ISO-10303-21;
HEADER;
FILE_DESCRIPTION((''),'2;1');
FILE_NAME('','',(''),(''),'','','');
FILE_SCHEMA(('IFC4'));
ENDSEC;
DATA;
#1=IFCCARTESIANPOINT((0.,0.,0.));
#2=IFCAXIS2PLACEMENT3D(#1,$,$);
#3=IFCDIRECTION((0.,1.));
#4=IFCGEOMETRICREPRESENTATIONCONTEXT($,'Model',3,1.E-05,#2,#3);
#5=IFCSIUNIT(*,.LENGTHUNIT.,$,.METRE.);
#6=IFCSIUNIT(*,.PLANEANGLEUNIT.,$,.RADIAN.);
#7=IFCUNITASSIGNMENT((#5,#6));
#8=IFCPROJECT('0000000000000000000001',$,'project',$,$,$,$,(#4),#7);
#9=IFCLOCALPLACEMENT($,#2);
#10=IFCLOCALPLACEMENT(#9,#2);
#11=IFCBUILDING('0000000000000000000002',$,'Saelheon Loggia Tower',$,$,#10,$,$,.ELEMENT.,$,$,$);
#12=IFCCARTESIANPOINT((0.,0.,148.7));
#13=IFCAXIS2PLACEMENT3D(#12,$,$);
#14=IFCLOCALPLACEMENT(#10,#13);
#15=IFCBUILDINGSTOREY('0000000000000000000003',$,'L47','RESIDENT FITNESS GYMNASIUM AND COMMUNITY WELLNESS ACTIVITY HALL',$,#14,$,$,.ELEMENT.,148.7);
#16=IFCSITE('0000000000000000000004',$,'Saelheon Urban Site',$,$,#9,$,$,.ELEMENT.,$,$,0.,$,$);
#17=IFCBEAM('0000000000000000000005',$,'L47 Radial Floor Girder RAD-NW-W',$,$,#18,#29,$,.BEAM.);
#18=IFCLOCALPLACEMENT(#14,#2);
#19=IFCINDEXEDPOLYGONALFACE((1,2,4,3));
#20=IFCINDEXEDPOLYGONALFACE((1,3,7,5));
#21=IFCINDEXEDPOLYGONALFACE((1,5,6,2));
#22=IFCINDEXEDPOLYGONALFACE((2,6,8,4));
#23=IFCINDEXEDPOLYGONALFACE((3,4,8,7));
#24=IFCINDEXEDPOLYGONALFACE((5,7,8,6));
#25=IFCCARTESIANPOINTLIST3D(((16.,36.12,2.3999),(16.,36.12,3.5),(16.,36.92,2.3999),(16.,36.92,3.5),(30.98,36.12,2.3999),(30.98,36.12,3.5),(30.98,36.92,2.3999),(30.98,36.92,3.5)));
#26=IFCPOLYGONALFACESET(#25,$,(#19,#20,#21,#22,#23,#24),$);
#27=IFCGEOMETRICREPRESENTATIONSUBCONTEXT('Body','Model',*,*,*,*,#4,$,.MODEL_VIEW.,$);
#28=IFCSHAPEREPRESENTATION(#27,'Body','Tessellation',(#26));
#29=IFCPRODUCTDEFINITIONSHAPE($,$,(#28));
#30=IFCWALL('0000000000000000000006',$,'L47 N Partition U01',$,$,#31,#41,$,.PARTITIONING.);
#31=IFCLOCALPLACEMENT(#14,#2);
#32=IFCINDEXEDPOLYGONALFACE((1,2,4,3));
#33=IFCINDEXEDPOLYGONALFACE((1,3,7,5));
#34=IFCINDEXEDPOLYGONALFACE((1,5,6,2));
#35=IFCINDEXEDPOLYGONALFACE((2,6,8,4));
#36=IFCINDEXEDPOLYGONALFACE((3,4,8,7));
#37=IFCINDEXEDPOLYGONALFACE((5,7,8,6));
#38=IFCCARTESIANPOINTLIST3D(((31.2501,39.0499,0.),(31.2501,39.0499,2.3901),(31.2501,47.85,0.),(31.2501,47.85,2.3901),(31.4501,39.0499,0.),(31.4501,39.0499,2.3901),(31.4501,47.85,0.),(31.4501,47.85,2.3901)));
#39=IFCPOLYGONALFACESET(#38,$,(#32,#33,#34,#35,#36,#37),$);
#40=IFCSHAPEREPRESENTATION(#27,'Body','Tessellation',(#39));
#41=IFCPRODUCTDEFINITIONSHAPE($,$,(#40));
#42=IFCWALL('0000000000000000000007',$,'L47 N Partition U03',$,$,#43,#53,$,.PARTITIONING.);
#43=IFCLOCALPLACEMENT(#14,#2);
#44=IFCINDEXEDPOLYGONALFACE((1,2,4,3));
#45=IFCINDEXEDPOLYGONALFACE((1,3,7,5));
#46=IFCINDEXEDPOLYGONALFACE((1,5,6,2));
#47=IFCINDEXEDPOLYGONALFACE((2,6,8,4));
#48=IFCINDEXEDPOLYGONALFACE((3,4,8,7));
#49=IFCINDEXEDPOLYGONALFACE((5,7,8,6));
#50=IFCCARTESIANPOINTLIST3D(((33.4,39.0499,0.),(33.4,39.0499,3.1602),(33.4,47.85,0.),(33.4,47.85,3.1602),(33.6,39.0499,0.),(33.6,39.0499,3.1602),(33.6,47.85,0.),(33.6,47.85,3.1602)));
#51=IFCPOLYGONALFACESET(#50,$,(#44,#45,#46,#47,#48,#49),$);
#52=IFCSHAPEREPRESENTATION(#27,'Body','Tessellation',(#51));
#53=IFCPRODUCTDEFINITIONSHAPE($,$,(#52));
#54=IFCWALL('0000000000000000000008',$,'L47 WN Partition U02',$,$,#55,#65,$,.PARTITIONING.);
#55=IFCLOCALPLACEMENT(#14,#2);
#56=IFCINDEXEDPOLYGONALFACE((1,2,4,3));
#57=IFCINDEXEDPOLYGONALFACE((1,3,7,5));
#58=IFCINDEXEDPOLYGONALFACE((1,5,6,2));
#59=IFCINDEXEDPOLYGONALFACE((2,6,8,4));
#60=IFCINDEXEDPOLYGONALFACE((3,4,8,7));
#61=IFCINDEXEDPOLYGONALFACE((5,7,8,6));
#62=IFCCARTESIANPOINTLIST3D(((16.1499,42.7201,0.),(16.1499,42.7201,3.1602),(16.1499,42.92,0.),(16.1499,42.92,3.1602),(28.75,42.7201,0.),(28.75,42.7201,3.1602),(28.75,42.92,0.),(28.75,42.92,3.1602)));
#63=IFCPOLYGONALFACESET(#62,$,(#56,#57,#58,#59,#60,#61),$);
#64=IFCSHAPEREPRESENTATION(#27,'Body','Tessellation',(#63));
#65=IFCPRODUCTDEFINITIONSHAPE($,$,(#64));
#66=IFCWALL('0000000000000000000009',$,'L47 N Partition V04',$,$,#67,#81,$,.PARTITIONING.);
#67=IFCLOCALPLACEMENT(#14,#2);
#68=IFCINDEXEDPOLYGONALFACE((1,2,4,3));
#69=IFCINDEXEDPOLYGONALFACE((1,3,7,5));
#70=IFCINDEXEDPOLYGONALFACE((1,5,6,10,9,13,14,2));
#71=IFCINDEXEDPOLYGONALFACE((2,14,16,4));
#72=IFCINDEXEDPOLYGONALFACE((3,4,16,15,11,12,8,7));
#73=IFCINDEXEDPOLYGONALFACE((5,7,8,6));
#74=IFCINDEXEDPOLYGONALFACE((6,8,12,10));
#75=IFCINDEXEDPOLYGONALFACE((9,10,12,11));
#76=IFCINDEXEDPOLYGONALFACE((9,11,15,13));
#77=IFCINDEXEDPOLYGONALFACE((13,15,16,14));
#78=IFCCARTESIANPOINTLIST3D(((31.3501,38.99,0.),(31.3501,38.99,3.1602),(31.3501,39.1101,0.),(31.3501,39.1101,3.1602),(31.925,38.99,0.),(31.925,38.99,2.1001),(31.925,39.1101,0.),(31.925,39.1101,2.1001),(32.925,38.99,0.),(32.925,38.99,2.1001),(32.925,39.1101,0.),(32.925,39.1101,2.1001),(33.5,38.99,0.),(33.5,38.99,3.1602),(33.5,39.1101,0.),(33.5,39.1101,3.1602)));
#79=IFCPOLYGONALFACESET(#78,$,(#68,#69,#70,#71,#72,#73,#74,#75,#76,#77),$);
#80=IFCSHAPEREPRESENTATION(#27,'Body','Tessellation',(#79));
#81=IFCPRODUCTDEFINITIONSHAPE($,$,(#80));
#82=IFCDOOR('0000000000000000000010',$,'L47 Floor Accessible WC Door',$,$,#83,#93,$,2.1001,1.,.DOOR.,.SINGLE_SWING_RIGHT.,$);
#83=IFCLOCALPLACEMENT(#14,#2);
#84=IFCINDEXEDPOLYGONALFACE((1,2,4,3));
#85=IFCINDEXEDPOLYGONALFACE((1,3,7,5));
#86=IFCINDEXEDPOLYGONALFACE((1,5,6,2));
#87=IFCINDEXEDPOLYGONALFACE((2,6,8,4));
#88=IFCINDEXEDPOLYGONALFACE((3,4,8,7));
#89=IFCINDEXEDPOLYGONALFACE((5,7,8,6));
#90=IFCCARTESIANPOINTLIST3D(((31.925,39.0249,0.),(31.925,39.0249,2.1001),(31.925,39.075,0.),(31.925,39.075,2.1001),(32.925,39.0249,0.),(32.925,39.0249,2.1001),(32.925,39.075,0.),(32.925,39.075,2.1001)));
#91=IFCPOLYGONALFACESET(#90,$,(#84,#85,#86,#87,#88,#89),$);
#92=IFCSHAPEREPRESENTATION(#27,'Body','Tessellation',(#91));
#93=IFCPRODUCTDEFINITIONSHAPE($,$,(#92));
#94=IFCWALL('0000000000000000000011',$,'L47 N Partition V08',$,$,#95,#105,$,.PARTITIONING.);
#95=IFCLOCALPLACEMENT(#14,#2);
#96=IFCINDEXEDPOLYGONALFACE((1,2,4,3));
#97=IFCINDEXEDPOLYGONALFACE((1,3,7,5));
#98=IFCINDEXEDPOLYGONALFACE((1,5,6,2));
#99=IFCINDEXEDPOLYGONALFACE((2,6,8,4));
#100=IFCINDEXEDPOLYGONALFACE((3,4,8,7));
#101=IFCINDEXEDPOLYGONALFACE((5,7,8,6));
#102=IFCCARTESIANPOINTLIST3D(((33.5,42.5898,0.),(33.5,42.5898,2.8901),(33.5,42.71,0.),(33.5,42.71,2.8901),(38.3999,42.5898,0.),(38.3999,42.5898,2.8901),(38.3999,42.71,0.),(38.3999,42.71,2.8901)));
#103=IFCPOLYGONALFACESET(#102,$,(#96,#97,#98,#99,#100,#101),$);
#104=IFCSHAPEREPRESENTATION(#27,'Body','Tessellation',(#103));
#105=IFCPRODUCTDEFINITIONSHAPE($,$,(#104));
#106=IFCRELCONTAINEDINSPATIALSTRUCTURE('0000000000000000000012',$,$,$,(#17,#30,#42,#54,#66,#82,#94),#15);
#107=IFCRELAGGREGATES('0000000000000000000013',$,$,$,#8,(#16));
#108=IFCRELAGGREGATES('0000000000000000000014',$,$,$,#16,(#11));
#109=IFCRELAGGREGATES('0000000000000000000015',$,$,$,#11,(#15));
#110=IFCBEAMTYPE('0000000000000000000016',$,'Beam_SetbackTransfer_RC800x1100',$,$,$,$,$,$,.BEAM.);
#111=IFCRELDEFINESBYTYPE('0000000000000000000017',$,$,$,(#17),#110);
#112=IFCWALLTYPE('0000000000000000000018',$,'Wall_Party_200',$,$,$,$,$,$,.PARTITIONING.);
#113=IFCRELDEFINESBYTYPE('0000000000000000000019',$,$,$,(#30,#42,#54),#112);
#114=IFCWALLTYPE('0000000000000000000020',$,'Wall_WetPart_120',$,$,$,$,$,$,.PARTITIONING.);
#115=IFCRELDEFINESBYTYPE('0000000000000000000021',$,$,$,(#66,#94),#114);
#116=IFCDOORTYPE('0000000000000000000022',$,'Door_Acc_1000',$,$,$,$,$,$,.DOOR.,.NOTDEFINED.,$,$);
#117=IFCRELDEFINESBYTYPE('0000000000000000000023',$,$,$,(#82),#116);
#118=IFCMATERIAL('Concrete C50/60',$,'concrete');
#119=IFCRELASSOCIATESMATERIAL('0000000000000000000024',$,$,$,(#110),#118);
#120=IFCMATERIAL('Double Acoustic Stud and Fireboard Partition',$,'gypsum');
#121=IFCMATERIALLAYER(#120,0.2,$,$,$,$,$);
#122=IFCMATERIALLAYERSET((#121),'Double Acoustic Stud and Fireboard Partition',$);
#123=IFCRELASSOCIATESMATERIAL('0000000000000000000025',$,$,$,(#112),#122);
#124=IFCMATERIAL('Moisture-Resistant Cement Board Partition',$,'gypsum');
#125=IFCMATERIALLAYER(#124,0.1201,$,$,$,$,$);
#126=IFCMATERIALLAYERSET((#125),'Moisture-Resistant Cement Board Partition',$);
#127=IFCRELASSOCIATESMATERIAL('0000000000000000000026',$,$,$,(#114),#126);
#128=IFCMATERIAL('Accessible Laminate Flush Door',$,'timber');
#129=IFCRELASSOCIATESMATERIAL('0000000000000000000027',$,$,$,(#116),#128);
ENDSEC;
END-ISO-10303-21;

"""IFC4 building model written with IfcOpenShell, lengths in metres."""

from ifc_helpers import new_model, si_unit, direction, frame, frame_2d, origin, origin_2d, place, context, subcontext, project, spatial, rectangle, extrude, source, transform, mapped, material, layer, layer_set, material_profile, profile_set, type_object, element, fill, save


model = new_model("IFC4")

# Units and contexts
model_context = context("Model", 3, precision=1e-05, world=origin(), true_north=direction((0.0, 1.0)))
body_context = subcontext(model_context, "Body", "Model", "MODEL_VIEW")
ifc_project = project(units=[si_unit("LENGTHUNIT", "METRE"), si_unit("PLANEANGLEUNIT", "RADIAN")], contexts=[model_context])

# Site, building, storey
site_placement = place(None, origin())
site = spatial("IfcSite", under=ifc_project, at=site_placement, Name="Saelheon Urban Site", CompositionType="ELEMENT", RefElevation=0.0)
building_placement = place(site_placement, origin())
building = spatial("IfcBuilding", under=site, at=building_placement, Name="Saelheon Loggia Tower", CompositionType="ELEMENT")
storey_placement = place(building_placement, frame((0.0, 0.0, 148.7)))
storey = spatial("IfcBuildingStorey", under=building, at=storey_placement, Name="L47", Description="RESIDENT FITNESS GYMNASIUM AND COMMUNITY WELLNESS ACTIVITY HALL", CompositionType="ELEMENT", Elevation=148.7)

# Shared definitions
ifc_material_1 = material(Name="Concrete C50/60", Category="concrete")

# Beam
ifc_material_profile_1 = material_profile(ifc_material_1, rectangle(XDim=0.8, YDim=1.1001, at=origin_2d()), Name="RC-800x1100")
ifc_profile_set_1 = profile_set([ifc_material_profile_1], Name="Concrete C50/60")
beam_type_1 = type_object("IfcBeamType", Name="Beam_SetbackTransfer_RC800x1100", PredefinedType="BEAM", material=ifc_profile_set_1)
shared_shape_1 = source(origin(), body_context, "Body", "SweptSolid", [
    extrude(rectangle(XDim=0.8, YDim=1.1001, at=origin_2d()), origin(), (0.0, 0.0, 1.0), 14.98),
])
beam_1_placement = place(storey_placement, frame((30.98, 36.52, 2.95), z_axis=(-1.0, 0.0, 0.0), x_axis=(0.0, -1.0, 0.0)))
element("IfcBeam", 1, at=beam_1_placement, inside=storey, type_object=beam_type_1, Name="L47 Radial Floor Girder RAD-NW-W", PredefinedType="BEAM", context=body_context, shape_type="MappedRepresentation", body=[
    mapped(shared_shape_1, transform((0.0, 0.0, 0.0), scale=1.0)),
])

# Walls
ifc_material_2 = material(Name="Double Acoustic Stud and Fireboard Partition", Category="gypsum")
ifc_layer_1 = layer(ifc_material_2, 0.2)
ifc_layer_set_1 = layer_set([ifc_layer_1], Name="Double Acoustic Stud and Fireboard Partition")
wall_type_1 = type_object("IfcWallType", Name="Wall_Party_200", PredefinedType="PARTITIONING", material=ifc_layer_set_1)
wall_1_placement = place(storey_placement, frame((31.3501, 39.05, 0.0), z_axis=(0.0, 0.0, 1.0), x_axis=(0.0, 1.0, 0.0)))
element("IfcWall", 2, at=wall_1_placement, inside=storey, type_object=wall_type_1, Name="L47 N Partition U01", PredefinedType="PARTITIONING", context=body_context, shape_type="SweptSolid", body=[
    extrude(rectangle(XDim=8.8, YDim=0.2, at=frame_2d((4.3999, 0.0))), origin(), (0.0, 0.0, 1.0), 2.3901),
])
wall_2_placement = place(storey_placement, frame((33.5, 39.05, 0.0), z_axis=(0.0, 0.0, 1.0), x_axis=(0.0, 1.0, 0.0)))
element("IfcWall", 3, at=wall_2_placement, inside=storey, type_object=wall_type_1, Name="L47 N Partition U03", PredefinedType="PARTITIONING", context=body_context, shape_type="SweptSolid", body=[
    extrude(rectangle(XDim=8.8, YDim=0.2, at=frame_2d((4.3999, 0.0))), origin(), (0.0, 0.0, 1.0), 3.1602),
])
wall_3_placement = place(storey_placement, frame((28.75, 42.8201, 0.0), z_axis=(0.0, 0.0, 1.0), x_axis=(-1.0, 0.0, 0.0)))
element("IfcWall", 4, at=wall_3_placement, inside=storey, type_object=wall_type_1, Name="L47 WN Partition U02", PredefinedType="PARTITIONING", context=body_context, shape_type="SweptSolid", body=[
    extrude(rectangle(XDim=12.6001, YDim=0.2, at=frame_2d((6.3, 0.0))), origin(), (0.0, 0.0, 1.0), 3.1602),
])

# Wall, opening, door
ifc_material_3 = material(Name="Moisture-Resistant Cement Board Partition", Category="gypsum")
ifc_layer_2 = layer(ifc_material_3, 0.1201)
ifc_layer_set_2 = layer_set([ifc_layer_2], Name="Moisture-Resistant Cement Board Partition")
wall_type_2 = type_object("IfcWallType", Name="Wall_WetPart_120", PredefinedType="PARTITIONING", material=ifc_layer_set_2)
wall_4_placement = place(storey_placement, frame((31.3501, 39.05, 0.0), z_axis=(0.0, 0.0, 1.0), x_axis=(1.0, 0.0, 0.0)))
wall_4 = element("IfcWall", 5, at=wall_4_placement, inside=storey, type_object=wall_type_2, Name="L47 N Partition V04", PredefinedType="PARTITIONING", context=body_context, shape_type="SweptSolid", body=[
    extrude(rectangle(XDim=2.1499, YDim=0.1201, at=frame_2d((1.075, 0.0))), origin(), (0.0, 0.0, 1.0), 3.1602),
])
opening_placement = place(wall_4_placement, frame((0.575, 0.0, 0.0)))
opening = element("IfcOpeningElement", 6, at=opening_placement, cuts=wall_4, PredefinedType="OPENING", context=body_context, shape_type="SweptSolid", body=[
    extrude(rectangle(XDim=1.0, YDim=2.1001, at=frame_2d((0.5, 1.05))), frame((0.0, 0.072, 0.0), z_axis=(0.0, -1.0, 0.0), x_axis=(1.0, 0.0, 0.0)), (0.0, 0.0, 1.0), 0.144),
])
ifc_material_4 = material(Name="Accessible Laminate Flush Door", Category="timber")
door_type = type_object("IfcDoorType", Name="Door_Acc_1000", OperationType="NOTDEFINED", PredefinedType="DOOR", material=ifc_material_4)
shared_shape_2 = source(origin(), body_context, "Body", "SweptSolid", [
    extrude(rectangle(XDim=1.0, YDim=2.1001, at=frame_2d((0.5, 1.05))), frame((0.0, 0.0249, 0.0), z_axis=(0.0, -1.0, 0.0), x_axis=(1.0, 0.0, 0.0)), (0.0, 0.0, 1.0), 0.05),
])
door_placement = place(opening_placement, origin())
door = element("IfcDoor", 7, at=door_placement, inside=storey, type_object=door_type, Name="L47 Floor Accessible WC Door", OperationType="SINGLE_SWING_RIGHT", OverallHeight=2.1001, OverallWidth=1.0, PredefinedType="DOOR", context=body_context, shape_type="MappedRepresentation", body=[
    mapped(shared_shape_2, transform((0.0, 0.0, 0.0), scale=1.0)),
])
fill(opening, door)

# Wall
wall_5_placement = place(storey_placement, frame((33.5, 42.6499, 0.0), z_axis=(0.0, 0.0, 1.0), x_axis=(1.0, 0.0, 0.0)))
element("IfcWall", 8, at=wall_5_placement, inside=storey, type_object=wall_type_2, Name="L47 N Partition V08", PredefinedType="PARTITIONING", context=body_context, shape_type="SweptSolid", body=[
    extrude(rectangle(XDim=4.8999, YDim=0.1201, at=frame_2d((2.45, 0.0))), origin(), (0.0, 0.0, 1.0), 2.8901),
])

save(model, "model.ifc")
